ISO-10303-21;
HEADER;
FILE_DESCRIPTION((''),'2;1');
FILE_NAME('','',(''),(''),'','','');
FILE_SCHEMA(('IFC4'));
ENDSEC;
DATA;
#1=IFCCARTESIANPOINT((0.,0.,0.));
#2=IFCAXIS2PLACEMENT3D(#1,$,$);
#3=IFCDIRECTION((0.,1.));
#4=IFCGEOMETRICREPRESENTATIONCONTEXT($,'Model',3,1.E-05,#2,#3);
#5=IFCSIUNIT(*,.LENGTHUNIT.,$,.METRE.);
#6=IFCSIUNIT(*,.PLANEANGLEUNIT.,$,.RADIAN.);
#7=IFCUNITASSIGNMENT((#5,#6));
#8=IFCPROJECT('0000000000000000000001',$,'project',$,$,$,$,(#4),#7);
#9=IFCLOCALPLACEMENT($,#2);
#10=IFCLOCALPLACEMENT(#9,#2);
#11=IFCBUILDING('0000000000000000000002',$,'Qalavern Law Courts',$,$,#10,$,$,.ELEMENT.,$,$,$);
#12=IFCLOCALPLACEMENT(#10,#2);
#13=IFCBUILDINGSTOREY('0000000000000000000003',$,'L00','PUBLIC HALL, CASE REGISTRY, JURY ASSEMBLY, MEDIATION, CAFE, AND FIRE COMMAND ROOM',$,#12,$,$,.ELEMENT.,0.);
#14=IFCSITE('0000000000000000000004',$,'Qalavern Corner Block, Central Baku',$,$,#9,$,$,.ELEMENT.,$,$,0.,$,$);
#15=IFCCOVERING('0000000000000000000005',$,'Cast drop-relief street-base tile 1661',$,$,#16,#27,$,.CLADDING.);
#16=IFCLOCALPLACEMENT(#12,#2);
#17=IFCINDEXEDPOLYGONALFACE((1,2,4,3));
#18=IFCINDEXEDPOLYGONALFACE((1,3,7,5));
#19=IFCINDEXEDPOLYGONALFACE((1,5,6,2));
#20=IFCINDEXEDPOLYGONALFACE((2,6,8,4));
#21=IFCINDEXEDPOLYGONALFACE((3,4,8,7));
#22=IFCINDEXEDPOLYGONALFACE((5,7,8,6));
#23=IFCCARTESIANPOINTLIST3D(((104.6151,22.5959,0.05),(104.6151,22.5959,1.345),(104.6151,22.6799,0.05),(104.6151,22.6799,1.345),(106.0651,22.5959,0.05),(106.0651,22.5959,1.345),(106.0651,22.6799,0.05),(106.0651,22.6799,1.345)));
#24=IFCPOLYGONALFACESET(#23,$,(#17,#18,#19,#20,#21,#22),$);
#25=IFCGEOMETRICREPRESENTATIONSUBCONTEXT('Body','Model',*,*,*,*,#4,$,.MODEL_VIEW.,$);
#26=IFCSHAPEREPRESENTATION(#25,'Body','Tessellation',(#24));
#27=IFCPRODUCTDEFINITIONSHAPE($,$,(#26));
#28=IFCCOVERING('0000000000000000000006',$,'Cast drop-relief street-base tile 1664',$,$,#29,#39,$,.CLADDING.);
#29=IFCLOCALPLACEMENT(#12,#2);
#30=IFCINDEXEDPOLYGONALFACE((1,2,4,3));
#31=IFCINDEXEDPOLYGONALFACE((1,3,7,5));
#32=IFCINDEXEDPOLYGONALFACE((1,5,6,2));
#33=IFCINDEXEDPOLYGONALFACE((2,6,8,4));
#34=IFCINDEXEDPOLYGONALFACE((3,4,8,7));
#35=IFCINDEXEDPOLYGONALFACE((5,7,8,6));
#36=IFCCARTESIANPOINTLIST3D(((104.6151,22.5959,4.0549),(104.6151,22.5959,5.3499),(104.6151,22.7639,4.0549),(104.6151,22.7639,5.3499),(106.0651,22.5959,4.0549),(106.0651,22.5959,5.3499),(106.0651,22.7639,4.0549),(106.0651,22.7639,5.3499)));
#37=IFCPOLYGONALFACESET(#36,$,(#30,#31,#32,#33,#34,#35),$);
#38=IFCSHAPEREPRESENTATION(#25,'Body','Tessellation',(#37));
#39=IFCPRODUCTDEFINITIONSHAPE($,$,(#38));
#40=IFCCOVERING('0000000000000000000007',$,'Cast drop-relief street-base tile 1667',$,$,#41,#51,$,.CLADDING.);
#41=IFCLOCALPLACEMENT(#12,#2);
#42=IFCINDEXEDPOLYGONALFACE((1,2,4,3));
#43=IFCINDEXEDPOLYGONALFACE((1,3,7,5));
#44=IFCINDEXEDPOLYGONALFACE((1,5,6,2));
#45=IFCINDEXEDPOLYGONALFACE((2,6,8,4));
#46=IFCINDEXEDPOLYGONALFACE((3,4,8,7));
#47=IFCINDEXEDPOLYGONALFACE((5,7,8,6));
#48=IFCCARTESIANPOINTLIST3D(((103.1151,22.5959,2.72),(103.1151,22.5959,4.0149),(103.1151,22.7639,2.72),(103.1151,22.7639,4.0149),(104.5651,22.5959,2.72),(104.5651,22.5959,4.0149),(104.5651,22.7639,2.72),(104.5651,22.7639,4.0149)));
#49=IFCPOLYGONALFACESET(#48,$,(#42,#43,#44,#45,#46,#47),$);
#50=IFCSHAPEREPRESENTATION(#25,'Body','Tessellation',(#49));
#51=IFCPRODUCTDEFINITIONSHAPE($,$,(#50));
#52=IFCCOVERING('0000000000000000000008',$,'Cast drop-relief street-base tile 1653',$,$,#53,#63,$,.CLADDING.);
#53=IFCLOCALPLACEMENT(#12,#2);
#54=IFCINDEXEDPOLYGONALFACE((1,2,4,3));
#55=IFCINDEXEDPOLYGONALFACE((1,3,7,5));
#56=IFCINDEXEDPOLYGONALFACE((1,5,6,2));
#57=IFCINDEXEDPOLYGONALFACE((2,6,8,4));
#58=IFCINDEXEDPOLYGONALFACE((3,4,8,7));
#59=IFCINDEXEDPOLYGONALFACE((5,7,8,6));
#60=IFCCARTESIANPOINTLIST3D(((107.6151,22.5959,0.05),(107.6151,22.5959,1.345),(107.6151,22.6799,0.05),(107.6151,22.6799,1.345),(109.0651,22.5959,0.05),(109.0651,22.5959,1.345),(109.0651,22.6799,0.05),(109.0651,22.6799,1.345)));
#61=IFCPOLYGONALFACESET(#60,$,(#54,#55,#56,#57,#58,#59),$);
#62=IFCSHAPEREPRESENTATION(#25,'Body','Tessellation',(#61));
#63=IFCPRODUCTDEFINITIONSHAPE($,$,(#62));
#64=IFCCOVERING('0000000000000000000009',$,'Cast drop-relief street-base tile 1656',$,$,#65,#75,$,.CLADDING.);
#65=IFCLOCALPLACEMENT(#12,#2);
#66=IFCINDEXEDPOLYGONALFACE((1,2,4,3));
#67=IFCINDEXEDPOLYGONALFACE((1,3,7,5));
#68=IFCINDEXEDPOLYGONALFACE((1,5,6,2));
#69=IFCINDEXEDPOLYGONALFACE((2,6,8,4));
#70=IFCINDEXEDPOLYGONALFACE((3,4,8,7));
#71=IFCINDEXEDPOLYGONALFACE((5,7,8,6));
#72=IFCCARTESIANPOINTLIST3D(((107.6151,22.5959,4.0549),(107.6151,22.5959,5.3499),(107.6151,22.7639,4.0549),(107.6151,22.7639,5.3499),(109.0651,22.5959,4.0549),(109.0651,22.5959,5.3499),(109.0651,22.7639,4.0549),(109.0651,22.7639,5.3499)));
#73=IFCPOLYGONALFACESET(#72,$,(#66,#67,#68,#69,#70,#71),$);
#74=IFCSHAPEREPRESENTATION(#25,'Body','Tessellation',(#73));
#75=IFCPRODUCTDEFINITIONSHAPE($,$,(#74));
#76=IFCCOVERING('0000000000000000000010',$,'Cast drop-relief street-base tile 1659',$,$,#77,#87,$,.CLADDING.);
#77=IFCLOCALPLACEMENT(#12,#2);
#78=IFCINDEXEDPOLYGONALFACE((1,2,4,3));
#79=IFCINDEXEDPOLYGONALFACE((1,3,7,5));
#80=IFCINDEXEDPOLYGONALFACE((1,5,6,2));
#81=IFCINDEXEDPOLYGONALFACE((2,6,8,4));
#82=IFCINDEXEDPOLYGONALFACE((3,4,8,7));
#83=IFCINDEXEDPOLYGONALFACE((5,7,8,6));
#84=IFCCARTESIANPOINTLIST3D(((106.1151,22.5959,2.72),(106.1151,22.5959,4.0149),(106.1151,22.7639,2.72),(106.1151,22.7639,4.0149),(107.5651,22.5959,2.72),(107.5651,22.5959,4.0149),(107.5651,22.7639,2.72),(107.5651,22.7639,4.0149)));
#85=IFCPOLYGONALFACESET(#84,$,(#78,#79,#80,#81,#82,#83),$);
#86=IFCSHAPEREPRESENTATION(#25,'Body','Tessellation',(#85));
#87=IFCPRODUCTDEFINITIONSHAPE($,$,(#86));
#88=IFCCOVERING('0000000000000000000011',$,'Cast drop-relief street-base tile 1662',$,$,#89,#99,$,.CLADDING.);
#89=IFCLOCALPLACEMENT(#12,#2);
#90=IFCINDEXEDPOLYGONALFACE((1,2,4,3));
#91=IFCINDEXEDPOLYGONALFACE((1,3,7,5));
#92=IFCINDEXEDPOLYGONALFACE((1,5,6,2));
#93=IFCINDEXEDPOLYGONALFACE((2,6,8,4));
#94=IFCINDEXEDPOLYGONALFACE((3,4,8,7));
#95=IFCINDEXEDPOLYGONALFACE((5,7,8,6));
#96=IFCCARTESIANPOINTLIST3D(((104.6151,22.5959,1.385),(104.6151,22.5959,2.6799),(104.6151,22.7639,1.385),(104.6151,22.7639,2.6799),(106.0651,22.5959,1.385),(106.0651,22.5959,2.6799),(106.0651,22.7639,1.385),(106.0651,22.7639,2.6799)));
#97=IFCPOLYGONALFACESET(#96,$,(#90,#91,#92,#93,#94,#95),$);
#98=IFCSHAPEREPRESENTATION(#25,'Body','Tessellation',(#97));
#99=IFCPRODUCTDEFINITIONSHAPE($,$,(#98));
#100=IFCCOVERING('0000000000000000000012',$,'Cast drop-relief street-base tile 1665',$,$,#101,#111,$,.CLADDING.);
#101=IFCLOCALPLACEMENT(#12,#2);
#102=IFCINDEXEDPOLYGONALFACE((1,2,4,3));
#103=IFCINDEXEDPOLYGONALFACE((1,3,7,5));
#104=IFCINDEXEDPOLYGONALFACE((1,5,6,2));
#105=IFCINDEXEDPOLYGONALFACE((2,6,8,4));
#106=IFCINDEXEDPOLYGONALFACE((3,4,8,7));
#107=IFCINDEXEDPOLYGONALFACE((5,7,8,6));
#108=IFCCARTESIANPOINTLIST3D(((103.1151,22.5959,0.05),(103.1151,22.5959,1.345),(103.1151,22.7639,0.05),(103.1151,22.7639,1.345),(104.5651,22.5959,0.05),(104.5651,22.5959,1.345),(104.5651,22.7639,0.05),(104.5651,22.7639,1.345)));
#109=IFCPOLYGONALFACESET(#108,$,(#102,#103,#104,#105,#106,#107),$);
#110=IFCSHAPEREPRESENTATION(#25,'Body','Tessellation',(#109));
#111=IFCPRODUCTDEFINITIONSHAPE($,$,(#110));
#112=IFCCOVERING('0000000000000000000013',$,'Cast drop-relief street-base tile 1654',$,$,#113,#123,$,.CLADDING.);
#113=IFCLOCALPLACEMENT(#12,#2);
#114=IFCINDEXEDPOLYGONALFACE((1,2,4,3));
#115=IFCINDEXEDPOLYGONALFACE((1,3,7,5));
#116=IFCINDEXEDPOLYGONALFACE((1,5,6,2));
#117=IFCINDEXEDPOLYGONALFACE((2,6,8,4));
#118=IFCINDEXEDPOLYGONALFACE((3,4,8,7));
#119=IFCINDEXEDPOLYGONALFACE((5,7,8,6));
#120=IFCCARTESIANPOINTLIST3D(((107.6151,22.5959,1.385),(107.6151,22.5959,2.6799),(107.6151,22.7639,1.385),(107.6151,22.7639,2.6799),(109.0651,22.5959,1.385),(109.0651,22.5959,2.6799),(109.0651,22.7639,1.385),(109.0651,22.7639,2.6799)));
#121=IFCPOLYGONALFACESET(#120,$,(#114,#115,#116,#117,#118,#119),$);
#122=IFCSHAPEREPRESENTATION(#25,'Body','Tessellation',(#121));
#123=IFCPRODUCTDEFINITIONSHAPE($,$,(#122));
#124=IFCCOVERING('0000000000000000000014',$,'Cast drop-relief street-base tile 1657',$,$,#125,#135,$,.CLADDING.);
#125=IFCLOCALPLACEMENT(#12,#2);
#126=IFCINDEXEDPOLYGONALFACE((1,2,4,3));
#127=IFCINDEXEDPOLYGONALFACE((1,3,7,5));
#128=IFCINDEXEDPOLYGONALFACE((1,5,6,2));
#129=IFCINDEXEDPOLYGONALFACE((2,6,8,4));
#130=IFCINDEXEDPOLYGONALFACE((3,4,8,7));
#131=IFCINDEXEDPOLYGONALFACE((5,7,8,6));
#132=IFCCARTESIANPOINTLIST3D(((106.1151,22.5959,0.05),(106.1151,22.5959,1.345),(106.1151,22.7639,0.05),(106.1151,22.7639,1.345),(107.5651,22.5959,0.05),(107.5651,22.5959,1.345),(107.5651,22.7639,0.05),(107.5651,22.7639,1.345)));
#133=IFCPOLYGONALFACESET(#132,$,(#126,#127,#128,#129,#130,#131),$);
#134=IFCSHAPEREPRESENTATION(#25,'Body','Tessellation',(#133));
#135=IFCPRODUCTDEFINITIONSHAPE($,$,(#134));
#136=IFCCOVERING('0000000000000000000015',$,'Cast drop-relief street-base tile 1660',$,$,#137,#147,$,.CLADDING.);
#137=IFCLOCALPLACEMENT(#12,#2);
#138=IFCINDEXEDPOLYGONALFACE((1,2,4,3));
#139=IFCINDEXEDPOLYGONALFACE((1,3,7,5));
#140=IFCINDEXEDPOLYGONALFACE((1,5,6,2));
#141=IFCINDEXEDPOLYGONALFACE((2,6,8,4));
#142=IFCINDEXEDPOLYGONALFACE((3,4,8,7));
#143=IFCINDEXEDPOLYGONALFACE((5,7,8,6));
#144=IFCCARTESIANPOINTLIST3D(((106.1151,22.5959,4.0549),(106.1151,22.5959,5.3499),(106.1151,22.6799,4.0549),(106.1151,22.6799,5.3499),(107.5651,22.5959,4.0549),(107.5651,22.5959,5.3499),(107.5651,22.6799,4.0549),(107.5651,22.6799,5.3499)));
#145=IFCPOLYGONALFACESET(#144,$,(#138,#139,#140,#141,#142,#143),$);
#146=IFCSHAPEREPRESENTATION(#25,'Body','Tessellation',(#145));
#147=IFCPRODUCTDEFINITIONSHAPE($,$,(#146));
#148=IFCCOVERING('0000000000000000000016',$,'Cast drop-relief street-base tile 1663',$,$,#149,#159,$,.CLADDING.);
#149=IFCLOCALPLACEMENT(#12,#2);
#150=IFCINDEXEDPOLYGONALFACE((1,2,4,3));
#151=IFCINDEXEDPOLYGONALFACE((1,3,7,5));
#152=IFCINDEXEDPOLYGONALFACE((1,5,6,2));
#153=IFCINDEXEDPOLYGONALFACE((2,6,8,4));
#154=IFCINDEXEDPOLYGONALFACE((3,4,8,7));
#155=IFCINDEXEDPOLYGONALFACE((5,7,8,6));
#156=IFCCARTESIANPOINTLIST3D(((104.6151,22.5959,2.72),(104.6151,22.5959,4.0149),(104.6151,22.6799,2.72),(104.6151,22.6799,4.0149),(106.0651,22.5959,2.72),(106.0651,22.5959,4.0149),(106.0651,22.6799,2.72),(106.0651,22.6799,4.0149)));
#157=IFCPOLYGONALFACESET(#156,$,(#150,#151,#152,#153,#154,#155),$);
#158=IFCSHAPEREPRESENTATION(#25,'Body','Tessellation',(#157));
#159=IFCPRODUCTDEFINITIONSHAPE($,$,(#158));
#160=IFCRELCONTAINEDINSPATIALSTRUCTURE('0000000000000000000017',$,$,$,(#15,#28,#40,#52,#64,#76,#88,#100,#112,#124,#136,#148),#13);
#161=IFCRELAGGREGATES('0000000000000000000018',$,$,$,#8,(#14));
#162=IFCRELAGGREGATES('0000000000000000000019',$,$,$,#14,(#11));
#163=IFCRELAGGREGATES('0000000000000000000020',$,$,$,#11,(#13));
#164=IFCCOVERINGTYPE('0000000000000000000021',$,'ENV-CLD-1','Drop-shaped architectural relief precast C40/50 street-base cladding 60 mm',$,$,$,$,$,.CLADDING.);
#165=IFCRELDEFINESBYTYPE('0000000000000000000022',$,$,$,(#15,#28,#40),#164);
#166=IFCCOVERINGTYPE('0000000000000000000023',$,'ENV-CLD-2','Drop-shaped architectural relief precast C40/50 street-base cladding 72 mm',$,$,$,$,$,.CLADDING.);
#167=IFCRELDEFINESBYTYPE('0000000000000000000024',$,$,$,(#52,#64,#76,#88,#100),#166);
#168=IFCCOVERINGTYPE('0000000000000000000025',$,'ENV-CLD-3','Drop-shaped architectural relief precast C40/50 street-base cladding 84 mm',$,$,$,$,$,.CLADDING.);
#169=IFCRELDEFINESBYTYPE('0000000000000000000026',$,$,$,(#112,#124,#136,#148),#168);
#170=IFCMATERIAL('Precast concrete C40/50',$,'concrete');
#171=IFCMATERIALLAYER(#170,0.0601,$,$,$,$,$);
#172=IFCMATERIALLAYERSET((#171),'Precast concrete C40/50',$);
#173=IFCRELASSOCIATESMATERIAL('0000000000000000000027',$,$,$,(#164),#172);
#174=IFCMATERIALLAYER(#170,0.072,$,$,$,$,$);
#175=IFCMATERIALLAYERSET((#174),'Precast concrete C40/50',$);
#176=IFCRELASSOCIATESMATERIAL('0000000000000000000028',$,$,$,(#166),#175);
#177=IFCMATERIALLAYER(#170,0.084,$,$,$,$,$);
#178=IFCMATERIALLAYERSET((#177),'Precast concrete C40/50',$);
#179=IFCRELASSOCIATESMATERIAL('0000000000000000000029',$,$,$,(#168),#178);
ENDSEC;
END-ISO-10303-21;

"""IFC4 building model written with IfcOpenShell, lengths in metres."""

from ifc_helpers import new_model, si_unit, direction, frame, origin, origin_2d, place, context, subcontext, project, spatial, rectangle, extrude, material, layer, layer_set, type_object, element, save


model = new_model("IFC4")

# Units and contexts
model_context = context("Model", 3, precision=1e-05, world=origin(), true_north=direction((0.0, 1.0)))
body_context = subcontext(model_context, "Body", "Model", "MODEL_VIEW")
ifc_project = project(units=[si_unit("LENGTHUNIT", "METRE"), si_unit("PLANEANGLEUNIT", "RADIAN")], contexts=[model_context])

# Site, building, storey
site_placement = place(None, origin())
site = spatial("IfcSite", under=ifc_project, at=site_placement, Name="Qalavern Corner Block, Central Baku", CompositionType="ELEMENT", RefElevation=0.0)
building_placement = place(site_placement, origin())
building = spatial("IfcBuilding", under=site, at=building_placement, Name="Qalavern Law Courts", CompositionType="ELEMENT")
storey_placement = place(building_placement, origin())
storey = spatial("IfcBuildingStorey", under=building, at=storey_placement, Name="L00", Description="PUBLIC HALL, CASE REGISTRY, JURY ASSEMBLY, MEDIATION, CAFE, AND FIRE COMMAND ROOM", CompositionType="ELEMENT", Elevation=0.0)

# Coverings
ifc_material_1 = material(Name="Precast concrete C40/50", Category="concrete")
ifc_layer_1 = layer(ifc_material_1, 0.0601)
ifc_layer_set_1 = layer_set([ifc_layer_1], Name="Precast concrete C40/50")
covering_type_1 = type_object("IfcCoveringType", Name="ENV-CLD-1", Description="Drop-shaped architectural relief precast C40/50 street-base cladding 60 mm", PredefinedType="CLADDING", material=ifc_layer_set_1)
for number, where, z_axis, x_axis, name in (
    (1, (105.3401, 22.6379, 0.05), (0.0, 0.0, 1.0), (-1.0, 0.0, 0.0), "Cast drop-relief street-base tile 1661"),
):
    element("IfcCovering", number, at=place(storey_placement, frame(where, z_axis=z_axis, x_axis=x_axis)), inside=storey, type_object=covering_type_1, Name=name, PredefinedType="CLADDING", context=body_context, shape_type="SweptSolid", body=[
        extrude(rectangle(XDim=1.45, YDim=0.084, at=origin_2d()), origin(), (0.0, 0.0, 1.0), 1.2949),
    ])
for number, where, z_axis, x_axis, name in (
    (2, (105.3401, 22.6799, 4.0549), (0.0, 0.0, 1.0), (-1.0, 0.0, 0.0), "Cast drop-relief street-base tile 1664"),
    (3, (103.8401, 22.6799, 2.72), (0.0, 0.0, 1.0), (-1.0, 0.0, 0.0), "Cast drop-relief street-base tile 1667"),
):
    element("IfcCovering", number, at=place(storey_placement, frame(where, z_axis=z_axis, x_axis=x_axis)), inside=storey, type_object=covering_type_1, Name=name, PredefinedType="CLADDING", context=body_context, shape_type="SweptSolid", body=[
        extrude(rectangle(XDim=1.45, YDim=0.168, at=origin_2d()), origin(), (0.0, 0.0, 1.0), 1.2949),
    ])
ifc_layer_2 = layer(ifc_material_1, 0.072)
ifc_layer_set_2 = layer_set([ifc_layer_2], Name="Precast concrete C40/50")
covering_type_2 = type_object("IfcCoveringType", Name="ENV-CLD-2", Description="Drop-shaped architectural relief precast C40/50 street-base cladding 72 mm", PredefinedType="CLADDING", material=ifc_layer_set_2)
covering_placement = place(storey_placement, frame((108.3401, 22.6379, 0.05), z_axis=(0.0, 0.0, 1.0), x_axis=(-1.0, 0.0, 0.0)))
element("IfcCovering", 4, at=covering_placement, inside=storey, type_object=covering_type_2, Name="Cast drop-relief street-base tile 1653", PredefinedType="CLADDING", context=body_context, shape_type="SweptSolid", body=[
    extrude(rectangle(XDim=1.45, YDim=0.084, at=origin_2d()), origin(), (0.0, 0.0, 1.0), 1.2949),
])
for number, where, z_axis, x_axis, name in (
    (5, (108.3401, 22.6799, 4.0549), (0.0, 0.0, 1.0), (-1.0, 0.0, 0.0), "Cast drop-relief street-base tile 1656"),
    (6, (106.8401, 22.6799, 2.72), (0.0, 0.0, 1.0), (-1.0, 0.0, 0.0), "Cast drop-relief street-base tile 1659"),
    (7, (105.3401, 22.6799, 1.385), (0.0, 0.0, 1.0), (-1.0, 0.0, 0.0), "Cast drop-relief street-base tile 1662"),
    (8, (103.8401, 22.6799, 0.05), (0.0, 0.0, 1.0), (-1.0, 0.0, 0.0), "Cast drop-relief street-base tile 1665"),
):
    element("IfcCovering", number, at=place(storey_placement, frame(where, z_axis=z_axis, x_axis=x_axis)), inside=storey, type_object=covering_type_2, Name=name, PredefinedType="CLADDING", context=body_context, shape_type="SweptSolid", body=[
        extrude(rectangle(XDim=1.45, YDim=0.168, at=origin_2d()), origin(), (0.0, 0.0, 1.0), 1.2949),
    ])
ifc_layer_3 = layer(ifc_material_1, 0.084)
ifc_layer_set_3 = layer_set([ifc_layer_3], Name="Precast concrete C40/50")
covering_type_3 = type_object("IfcCoveringType", Name="ENV-CLD-3", Description="Drop-shaped architectural relief precast C40/50 street-base cladding 84 mm", PredefinedType="CLADDING", material=ifc_layer_set_3)
for number, where, z_axis, x_axis, name in (
    (9, (108.3401, 22.6799, 1.385), (0.0, 0.0, 1.0), (-1.0, 0.0, 0.0), "Cast drop-relief street-base tile 1654"),
    (10, (106.8401, 22.6799, 0.05), (0.0, 0.0, 1.0), (-1.0, 0.0, 0.0), "Cast drop-relief street-base tile 1657"),
):
    element("IfcCovering", number, at=place(storey_placement, frame(where, z_axis=z_axis, x_axis=x_axis)), inside=storey, type_object=covering_type_3, Name=name, PredefinedType="CLADDING", context=body_context, shape_type="SweptSolid", body=[
        extrude(rectangle(XDim=1.45, YDim=0.168, at=origin_2d()), origin(), (0.0, 0.0, 1.0), 1.2949),
    ])
for number, where, z_axis, x_axis, name in (
    (11, (106.8401, 22.6379, 4.0549), (0.0, 0.0, 1.0), (-1.0, 0.0, 0.0), "Cast drop-relief street-base tile 1660"),
    (12, (105.3401, 22.6379, 2.72), (0.0, 0.0, 1.0), (-1.0, 0.0, 0.0), "Cast drop-relief street-base tile 1663"),
):
    element("IfcCovering", number, at=place(storey_placement, frame(where, z_axis=z_axis, x_axis=x_axis)), inside=storey, type_object=covering_type_3, Name=name, PredefinedType="CLADDING", context=body_context, shape_type="SweptSolid", body=[
        extrude(rectangle(XDim=1.45, YDim=0.084, at=origin_2d()), origin(), (0.0, 0.0, 1.0), 1.2949),
    ])

save(model, "model.ifc")
